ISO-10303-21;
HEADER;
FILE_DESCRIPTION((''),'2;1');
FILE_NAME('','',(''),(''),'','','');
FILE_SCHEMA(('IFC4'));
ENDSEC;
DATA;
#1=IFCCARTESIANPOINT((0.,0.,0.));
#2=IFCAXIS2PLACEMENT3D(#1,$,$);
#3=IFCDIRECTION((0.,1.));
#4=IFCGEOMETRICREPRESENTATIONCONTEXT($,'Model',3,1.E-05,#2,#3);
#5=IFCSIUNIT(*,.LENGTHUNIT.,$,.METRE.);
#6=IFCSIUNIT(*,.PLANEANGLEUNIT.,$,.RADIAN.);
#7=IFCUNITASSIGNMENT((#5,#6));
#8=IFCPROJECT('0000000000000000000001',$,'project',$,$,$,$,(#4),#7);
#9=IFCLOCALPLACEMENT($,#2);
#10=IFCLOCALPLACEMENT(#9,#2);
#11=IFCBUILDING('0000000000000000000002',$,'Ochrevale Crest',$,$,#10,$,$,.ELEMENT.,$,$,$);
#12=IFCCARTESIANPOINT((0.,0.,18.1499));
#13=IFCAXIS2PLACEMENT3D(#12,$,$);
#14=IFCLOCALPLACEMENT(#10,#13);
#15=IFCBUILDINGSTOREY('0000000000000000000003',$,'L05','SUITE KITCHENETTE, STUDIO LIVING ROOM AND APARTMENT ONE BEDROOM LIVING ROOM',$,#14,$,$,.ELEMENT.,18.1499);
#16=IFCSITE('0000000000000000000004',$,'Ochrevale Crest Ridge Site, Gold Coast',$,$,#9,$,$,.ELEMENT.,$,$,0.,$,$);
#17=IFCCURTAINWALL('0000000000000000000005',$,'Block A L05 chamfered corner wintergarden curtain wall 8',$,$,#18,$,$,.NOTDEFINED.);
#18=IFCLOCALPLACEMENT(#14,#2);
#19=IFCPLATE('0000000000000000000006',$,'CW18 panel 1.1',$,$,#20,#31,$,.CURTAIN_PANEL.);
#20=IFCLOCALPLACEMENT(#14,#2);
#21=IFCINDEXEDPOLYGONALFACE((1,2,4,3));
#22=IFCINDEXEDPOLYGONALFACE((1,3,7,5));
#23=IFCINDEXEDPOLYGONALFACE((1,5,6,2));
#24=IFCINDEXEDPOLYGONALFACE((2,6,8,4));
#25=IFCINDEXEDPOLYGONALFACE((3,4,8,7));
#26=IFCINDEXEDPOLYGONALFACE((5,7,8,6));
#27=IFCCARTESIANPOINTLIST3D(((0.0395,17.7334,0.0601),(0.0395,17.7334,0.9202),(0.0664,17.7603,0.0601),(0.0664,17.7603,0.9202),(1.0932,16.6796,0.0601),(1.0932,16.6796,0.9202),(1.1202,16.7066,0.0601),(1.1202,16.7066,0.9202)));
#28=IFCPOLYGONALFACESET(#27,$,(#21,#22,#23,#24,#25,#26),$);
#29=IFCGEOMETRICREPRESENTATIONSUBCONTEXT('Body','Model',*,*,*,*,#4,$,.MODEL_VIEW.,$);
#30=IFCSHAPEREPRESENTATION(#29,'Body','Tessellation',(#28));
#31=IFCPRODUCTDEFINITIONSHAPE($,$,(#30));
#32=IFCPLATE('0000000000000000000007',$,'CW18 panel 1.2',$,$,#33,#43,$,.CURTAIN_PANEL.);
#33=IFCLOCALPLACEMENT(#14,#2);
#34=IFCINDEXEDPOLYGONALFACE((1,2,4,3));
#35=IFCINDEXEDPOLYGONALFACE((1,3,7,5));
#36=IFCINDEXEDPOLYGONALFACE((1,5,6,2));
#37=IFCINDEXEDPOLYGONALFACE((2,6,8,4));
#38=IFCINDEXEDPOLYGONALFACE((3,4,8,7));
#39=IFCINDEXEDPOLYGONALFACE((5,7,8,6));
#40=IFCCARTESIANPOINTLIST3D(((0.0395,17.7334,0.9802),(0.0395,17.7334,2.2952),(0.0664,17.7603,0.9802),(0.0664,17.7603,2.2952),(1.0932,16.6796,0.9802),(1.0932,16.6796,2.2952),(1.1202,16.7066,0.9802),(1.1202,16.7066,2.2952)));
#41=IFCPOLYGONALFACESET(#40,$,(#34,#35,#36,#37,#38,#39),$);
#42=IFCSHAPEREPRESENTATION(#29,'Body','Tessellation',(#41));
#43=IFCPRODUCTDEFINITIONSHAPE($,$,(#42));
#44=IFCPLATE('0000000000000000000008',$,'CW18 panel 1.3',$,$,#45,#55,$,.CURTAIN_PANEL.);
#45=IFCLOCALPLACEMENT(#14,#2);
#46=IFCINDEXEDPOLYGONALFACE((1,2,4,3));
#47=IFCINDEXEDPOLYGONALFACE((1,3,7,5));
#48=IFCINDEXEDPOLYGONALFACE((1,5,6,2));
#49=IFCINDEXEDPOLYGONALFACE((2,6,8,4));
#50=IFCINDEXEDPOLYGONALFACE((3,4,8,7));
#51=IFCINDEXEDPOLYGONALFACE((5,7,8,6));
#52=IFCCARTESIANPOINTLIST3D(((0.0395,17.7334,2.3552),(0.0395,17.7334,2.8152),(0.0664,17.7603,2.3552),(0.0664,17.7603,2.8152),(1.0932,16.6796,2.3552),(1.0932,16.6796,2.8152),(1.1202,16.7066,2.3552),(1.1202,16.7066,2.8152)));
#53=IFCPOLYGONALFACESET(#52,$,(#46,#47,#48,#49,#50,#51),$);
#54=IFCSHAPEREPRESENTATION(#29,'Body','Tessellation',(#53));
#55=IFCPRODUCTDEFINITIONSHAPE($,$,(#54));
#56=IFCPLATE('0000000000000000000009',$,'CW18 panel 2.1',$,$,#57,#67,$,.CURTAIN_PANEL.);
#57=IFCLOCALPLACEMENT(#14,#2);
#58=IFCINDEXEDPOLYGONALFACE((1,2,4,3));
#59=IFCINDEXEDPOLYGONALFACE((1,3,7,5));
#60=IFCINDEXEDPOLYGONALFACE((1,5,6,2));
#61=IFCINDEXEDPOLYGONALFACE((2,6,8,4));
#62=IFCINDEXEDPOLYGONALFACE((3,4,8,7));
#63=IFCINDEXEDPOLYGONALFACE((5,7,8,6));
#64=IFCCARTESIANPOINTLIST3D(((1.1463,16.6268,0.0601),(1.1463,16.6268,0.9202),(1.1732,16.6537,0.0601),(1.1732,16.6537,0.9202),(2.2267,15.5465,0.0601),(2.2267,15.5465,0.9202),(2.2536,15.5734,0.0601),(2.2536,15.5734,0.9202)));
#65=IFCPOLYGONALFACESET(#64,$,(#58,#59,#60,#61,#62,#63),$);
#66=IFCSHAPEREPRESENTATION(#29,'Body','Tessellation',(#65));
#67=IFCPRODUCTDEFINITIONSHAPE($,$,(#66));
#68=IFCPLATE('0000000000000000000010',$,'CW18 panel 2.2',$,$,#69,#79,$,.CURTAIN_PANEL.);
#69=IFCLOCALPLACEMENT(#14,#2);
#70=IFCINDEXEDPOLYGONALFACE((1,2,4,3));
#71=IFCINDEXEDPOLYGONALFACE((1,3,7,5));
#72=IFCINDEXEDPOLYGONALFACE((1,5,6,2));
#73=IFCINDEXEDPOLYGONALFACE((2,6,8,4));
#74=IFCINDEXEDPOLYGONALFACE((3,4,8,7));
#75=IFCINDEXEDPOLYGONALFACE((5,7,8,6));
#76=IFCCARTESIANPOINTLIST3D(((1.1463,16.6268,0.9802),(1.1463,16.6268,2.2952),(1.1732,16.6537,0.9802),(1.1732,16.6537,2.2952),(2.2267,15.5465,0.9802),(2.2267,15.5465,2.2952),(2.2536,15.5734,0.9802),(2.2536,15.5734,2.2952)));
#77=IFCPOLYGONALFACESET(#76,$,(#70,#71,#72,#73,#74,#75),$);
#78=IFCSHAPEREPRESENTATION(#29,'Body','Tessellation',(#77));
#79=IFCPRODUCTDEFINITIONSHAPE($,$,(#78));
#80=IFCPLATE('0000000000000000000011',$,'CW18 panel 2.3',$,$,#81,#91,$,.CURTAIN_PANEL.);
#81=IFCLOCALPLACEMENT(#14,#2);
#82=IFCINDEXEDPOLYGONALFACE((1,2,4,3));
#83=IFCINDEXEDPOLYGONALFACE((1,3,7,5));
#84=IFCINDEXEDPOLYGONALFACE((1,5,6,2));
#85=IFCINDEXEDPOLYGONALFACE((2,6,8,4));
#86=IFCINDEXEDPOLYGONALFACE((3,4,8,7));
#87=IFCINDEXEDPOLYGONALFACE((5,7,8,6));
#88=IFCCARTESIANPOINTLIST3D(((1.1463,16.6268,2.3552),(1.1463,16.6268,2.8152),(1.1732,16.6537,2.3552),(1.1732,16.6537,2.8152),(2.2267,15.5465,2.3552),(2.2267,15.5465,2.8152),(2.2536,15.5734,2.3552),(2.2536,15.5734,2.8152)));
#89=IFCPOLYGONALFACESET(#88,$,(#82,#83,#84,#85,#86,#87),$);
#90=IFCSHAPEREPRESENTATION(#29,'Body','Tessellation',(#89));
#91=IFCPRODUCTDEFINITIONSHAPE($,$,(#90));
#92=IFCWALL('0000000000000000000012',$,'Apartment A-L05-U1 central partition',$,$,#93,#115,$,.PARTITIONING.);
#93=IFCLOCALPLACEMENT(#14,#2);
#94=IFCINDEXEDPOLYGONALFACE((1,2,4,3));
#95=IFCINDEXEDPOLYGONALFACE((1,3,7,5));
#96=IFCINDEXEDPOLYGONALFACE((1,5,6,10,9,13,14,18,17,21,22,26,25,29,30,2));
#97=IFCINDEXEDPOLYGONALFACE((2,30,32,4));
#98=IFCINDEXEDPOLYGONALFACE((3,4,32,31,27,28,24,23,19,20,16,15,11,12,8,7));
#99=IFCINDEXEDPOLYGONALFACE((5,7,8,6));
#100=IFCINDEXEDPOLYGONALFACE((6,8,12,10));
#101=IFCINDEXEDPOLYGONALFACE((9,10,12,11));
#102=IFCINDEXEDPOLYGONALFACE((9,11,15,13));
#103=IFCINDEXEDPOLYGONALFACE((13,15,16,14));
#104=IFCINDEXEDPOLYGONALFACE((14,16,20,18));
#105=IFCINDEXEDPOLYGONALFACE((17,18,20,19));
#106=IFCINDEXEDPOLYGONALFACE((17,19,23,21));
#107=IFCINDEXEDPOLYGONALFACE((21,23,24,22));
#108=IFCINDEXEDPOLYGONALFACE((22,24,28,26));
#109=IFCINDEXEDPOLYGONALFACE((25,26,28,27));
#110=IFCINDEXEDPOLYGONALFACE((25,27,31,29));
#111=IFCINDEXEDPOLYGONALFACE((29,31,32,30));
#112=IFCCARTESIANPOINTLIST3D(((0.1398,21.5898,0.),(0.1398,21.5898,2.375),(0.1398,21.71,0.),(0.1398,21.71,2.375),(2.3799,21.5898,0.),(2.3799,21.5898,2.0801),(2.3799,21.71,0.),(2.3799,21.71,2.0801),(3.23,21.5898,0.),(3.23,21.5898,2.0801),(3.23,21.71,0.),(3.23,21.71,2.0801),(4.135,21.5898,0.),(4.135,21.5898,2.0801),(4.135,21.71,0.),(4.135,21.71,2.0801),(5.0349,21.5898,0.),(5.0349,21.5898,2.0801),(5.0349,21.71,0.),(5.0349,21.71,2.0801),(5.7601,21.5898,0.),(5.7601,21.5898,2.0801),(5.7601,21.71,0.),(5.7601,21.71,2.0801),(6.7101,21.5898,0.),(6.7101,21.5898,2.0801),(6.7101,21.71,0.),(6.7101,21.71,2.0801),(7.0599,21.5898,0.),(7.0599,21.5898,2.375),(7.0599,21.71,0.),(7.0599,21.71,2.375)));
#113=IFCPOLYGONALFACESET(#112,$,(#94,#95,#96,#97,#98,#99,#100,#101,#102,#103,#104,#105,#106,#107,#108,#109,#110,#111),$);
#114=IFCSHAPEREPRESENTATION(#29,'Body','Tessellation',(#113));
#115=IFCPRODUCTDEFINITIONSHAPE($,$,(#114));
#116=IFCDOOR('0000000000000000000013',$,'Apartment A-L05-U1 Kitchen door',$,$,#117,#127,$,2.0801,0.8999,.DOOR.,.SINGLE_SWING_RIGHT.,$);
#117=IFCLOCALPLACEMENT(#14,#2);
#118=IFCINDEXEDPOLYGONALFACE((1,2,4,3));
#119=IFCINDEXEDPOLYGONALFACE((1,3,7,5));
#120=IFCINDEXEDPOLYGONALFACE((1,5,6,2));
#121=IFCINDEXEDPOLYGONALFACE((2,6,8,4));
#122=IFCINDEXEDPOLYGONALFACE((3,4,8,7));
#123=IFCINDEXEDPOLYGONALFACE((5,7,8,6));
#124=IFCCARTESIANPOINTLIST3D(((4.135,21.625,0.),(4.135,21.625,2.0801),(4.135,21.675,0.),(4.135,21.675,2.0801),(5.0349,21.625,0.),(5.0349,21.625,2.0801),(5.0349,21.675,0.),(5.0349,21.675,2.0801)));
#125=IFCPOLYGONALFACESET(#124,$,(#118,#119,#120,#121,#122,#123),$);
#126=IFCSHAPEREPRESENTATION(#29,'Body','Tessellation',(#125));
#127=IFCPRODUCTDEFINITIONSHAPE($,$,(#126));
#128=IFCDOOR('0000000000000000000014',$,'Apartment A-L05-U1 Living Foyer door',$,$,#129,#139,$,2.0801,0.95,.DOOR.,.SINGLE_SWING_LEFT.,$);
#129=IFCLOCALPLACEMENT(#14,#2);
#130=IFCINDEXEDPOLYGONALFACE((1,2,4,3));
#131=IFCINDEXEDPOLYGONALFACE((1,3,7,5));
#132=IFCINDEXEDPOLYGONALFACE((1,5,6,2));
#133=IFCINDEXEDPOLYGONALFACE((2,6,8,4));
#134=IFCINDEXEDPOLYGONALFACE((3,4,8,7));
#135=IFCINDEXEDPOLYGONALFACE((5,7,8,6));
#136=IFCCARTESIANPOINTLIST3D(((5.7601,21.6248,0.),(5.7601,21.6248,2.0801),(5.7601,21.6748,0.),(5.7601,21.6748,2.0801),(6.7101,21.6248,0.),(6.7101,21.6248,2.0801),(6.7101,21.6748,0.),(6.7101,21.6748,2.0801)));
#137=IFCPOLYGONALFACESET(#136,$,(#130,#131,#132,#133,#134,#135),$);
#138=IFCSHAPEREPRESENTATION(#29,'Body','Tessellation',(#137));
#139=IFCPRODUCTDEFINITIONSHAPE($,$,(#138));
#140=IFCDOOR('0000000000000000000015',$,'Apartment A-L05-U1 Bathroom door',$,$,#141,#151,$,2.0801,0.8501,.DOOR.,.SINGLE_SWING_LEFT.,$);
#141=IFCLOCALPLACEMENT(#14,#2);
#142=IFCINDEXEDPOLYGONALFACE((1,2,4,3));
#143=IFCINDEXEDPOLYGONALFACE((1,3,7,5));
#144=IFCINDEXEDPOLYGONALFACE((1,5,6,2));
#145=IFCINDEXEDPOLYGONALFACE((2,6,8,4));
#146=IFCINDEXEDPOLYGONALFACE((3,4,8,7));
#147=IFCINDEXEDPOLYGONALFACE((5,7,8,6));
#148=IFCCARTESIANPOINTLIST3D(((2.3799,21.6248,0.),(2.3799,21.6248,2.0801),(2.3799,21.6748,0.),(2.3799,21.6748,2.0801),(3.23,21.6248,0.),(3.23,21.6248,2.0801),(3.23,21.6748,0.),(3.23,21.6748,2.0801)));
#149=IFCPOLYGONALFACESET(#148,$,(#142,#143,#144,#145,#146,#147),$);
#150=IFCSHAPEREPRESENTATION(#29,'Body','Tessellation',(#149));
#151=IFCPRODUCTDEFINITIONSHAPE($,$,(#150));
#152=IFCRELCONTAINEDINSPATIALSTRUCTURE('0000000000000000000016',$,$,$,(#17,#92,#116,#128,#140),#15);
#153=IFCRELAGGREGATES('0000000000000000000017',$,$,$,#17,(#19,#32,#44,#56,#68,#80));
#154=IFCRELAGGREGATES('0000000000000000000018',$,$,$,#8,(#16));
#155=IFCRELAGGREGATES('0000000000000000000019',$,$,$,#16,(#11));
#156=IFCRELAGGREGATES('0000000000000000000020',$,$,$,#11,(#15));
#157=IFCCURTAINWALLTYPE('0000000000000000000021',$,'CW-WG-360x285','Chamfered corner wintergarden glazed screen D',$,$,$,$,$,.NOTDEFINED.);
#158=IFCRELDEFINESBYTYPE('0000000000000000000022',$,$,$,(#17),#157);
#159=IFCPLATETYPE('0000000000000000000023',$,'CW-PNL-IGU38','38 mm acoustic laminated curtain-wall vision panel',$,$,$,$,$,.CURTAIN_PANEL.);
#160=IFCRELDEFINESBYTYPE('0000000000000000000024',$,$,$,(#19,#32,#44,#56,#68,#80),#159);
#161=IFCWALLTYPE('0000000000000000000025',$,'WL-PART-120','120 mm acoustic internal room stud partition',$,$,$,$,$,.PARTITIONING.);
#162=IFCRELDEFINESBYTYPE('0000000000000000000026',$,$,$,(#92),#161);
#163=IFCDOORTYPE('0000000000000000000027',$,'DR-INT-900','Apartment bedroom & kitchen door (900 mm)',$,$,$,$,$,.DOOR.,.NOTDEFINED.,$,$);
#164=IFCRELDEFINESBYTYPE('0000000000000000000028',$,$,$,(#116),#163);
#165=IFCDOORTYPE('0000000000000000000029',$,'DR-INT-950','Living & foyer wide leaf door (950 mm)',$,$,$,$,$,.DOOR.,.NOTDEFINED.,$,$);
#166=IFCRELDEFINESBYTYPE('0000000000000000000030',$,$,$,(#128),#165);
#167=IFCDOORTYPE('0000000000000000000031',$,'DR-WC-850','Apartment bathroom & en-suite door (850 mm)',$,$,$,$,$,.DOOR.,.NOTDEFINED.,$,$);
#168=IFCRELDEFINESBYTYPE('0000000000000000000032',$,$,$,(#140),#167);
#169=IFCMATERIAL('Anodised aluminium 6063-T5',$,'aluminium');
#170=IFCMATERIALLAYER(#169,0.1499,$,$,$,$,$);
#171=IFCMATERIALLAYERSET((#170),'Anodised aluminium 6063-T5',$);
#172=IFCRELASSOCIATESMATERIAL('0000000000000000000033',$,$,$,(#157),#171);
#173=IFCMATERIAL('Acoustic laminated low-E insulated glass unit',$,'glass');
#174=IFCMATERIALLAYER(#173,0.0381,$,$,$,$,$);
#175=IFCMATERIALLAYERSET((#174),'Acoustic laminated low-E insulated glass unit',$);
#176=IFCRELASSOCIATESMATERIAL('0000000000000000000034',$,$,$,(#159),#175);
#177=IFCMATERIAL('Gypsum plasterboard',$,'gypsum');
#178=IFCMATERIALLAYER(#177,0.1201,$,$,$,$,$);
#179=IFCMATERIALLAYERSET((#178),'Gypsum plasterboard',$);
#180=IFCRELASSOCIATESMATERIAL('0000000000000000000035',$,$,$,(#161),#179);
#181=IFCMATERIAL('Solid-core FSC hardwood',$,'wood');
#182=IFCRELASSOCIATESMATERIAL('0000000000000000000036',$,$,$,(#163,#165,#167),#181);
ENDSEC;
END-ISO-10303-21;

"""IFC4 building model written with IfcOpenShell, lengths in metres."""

from ifc_helpers import new_model, si_unit, direction, frame, frame_2d, origin, origin_2d, place, context, subcontext, project, spatial, rectangle, extrude, material, layer, layer_set, type_object, element, fill, aggregate, save


model = new_model("IFC4")

# Units and contexts
model_context = context("Model", 3, precision=1e-05, world=origin(), true_north=direction((0.0, 1.0)))
body_context = subcontext(model_context, "Body", "Model", "MODEL_VIEW")
ifc_project = project(units=[si_unit("LENGTHUNIT", "METRE"), si_unit("PLANEANGLEUNIT", "RADIAN")], contexts=[model_context])

# Site, building, storey
site_placement = place(None, origin())
site = spatial("IfcSite", under=ifc_project, at=site_placement, Name="Ochrevale Crest Ridge Site, Gold Coast", CompositionType="ELEMENT", RefElevation=0.0)
building_placement = place(site_placement, origin())
building = spatial("IfcBuilding", under=site, at=building_placement, Name="Ochrevale Crest", CompositionType="ELEMENT")
storey_placement = place(building_placement, frame((0.0, 0.0, 18.1499)))
storey = spatial("IfcBuildingStorey", under=building, at=storey_placement, Name="L05", Description="SUITE KITCHENETTE, STUDIO LIVING ROOM AND APARTMENT ONE BEDROOM LIVING ROOM", CompositionType="ELEMENT", Elevation=18.1499)

# Curtain wall, plates
ifc_material_1 = material(Name="Anodised aluminium 6063-T5", Category="aluminium")
ifc_layer_1 = layer(ifc_material_1, 0.1499)
ifc_layer_set_1 = layer_set([ifc_layer_1], Name="Anodised aluminium 6063-T5")
curtain_wall_type = type_object("IfcCurtainWallType", Name="CW-WG-360x285", Description="Chamfered corner wintergarden glazed screen D", PredefinedType="NOTDEFINED", material=ifc_layer_set_1)
curtain_wall_placement = place(storey_placement, origin())
curtain_wall = element("IfcCurtainWall", 1, at=curtain_wall_placement, inside=storey, type_object=curtain_wall_type, Name="Block A L05 chamfered corner wintergarden curtain wall 8", PredefinedType="NOTDEFINED")
ifc_material_2 = material(Name="Acoustic laminated low-E insulated glass unit", Category="glass")
ifc_layer_2 = layer(ifc_material_2, 0.0381)
ifc_layer_set_2 = layer_set([ifc_layer_2], Name="Acoustic laminated low-E insulated glass unit")
plate_type = type_object("IfcPlateType", Name="CW-PNL-IGU38", Description="38 mm acoustic laminated curtain-wall vision panel", PredefinedType="CURTAIN_PANEL", material=ifc_layer_set_2)
plate_1_placement = place(storey_placement, frame((0.5798, 17.22, 0.0601), z_axis=(0.0, 0.0, 1.0), x_axis=(0.707107, -0.707107, 0.0)))
plate_1 = element("IfcPlate", 2, at=plate_1_placement, type_object=plate_type, Name="CW18 panel 1.1", PredefinedType="CURTAIN_PANEL", context=body_context, shape_type="SweptSolid", body=[
    extrude(rectangle(XDim=1.4902, YDim=0.0381, at=origin_2d()), origin(), (0.0, 0.0, 1.0), 0.8601),
])
plate_2_placement = place(storey_placement, frame((0.5798, 17.22, 0.9802), z_axis=(0.0, 0.0, 1.0), x_axis=(0.707107, -0.707107, 0.0)))
plate_2 = element("IfcPlate", 3, at=plate_2_placement, type_object=plate_type, Name="CW18 panel 1.2", PredefinedType="CURTAIN_PANEL", context=body_context, shape_type="SweptSolid", body=[
    extrude(rectangle(XDim=1.4902, YDim=0.0381, at=origin_2d()), origin(), (0.0, 0.0, 1.0), 1.3149),
])
plate_3_placement = place(storey_placement, frame((0.5798, 17.22, 2.3552), z_axis=(0.0, 0.0, 1.0), x_axis=(0.707107, -0.707107, 0.0)))
plate_3 = element("IfcPlate", 4, at=plate_3_placement, type_object=plate_type, Name="CW18 panel 1.3", PredefinedType="CURTAIN_PANEL", context=body_context, shape_type="SweptSolid", body=[
    extrude(rectangle(XDim=1.4902, YDim=0.0381, at=origin_2d()), origin(), (0.0, 0.0, 1.0), 0.46),
])
plate_4_placement = place(storey_placement, frame((1.7, 16.1001, 0.0601), z_axis=(0.0, 0.0, 1.0), x_axis=(0.707107, -0.707107, 0.0)))
plate_4 = element("IfcPlate", 5, at=plate_4_placement, type_object=plate_type, Name="CW18 panel 2.1", PredefinedType="CURTAIN_PANEL", context=body_context, shape_type="SweptSolid", body=[
    extrude(rectangle(XDim=1.5278, YDim=0.0381, at=origin_2d()), origin(), (0.0, 0.0, 1.0), 0.8601),
])
plate_5_placement = place(storey_placement, frame((1.7, 16.1001, 0.9802), z_axis=(0.0, 0.0, 1.0), x_axis=(0.707107, -0.707107, 0.0)))
plate_5 = element("IfcPlate", 6, at=plate_5_placement, type_object=plate_type, Name="CW18 panel 2.2", PredefinedType="CURTAIN_PANEL", context=body_context, shape_type="SweptSolid", body=[
    extrude(rectangle(XDim=1.5278, YDim=0.0381, at=origin_2d()), origin(), (0.0, 0.0, 1.0), 1.3149),
])
plate_6_placement = place(storey_placement, frame((1.7, 16.1001, 2.3552), z_axis=(0.0, 0.0, 1.0), x_axis=(0.707107, -0.707107, 0.0)))
plate_6 = element("IfcPlate", 7, at=plate_6_placement, type_object=plate_type, Name="CW18 panel 2.3", PredefinedType="CURTAIN_PANEL", context=body_context, shape_type="SweptSolid", body=[
    extrude(rectangle(XDim=1.5278, YDim=0.0381, at=origin_2d()), origin(), (0.0, 0.0, 1.0), 0.46),
])
aggregate(curtain_wall, [plate_1, plate_2, plate_3, plate_4, plate_5, plate_6])

# Wall, openings, doors
ifc_material_3 = material(Name="Gypsum plasterboard", Category="gypsum")
ifc_layer_3 = layer(ifc_material_3, 0.1201)
ifc_layer_set_3 = layer_set([ifc_layer_3], Name="Gypsum plasterboard")
wall_type = type_object("IfcWallType", Name="WL-PART-120", Description="120 mm acoustic internal room stud partition", PredefinedType="PARTITIONING", material=ifc_layer_set_3)
wall_placement = place(storey_placement, frame((0.1399, 21.6499, 0.0), z_axis=(0.0, 0.0, 1.0), x_axis=(1.0, 0.0, 0.0)))
wall = element("IfcWall", 8, at=wall_placement, inside=storey, type_object=wall_type, Name="Apartment A-L05-U1 central partition", PredefinedType="PARTITIONING", context=body_context, shape_type="SweptSolid", body=[
    extrude(rectangle(XDim=6.9202, YDim=0.1201, at=frame_2d((3.46, 0.0))), origin(), (0.0, 0.0, 1.0), 2.375),
])
opening_1_placement = place(wall_placement, frame((2.24, 0.0, 0.0)))
opening_1 = element("IfcOpeningElement", 9, at=opening_1_placement, cuts=wall, PredefinedType="OPENING", context=body_context, shape_type="SweptSolid", body=[
    extrude(rectangle(XDim=0.8501, YDim=2.0801, at=frame_2d((0.425, 1.04))), frame((0.0, 0.0701, 0.0), z_axis=(0.0, -1.0, 0.0), x_axis=(1.0, 0.0, 0.0)), (0.0, 0.0, 1.0), 0.1401),
])
opening_2_placement = place(wall_placement, frame((4.895, 0.0, 0.0), z_axis=(0.0, 0.0, 1.0), x_axis=(-1.0, 0.0, 0.0)))
opening_2 = element("IfcOpeningElement", 10, at=opening_2_placement, cuts=wall, PredefinedType="OPENING", context=body_context, shape_type="SweptSolid", body=[
    extrude(rectangle(XDim=0.8999, YDim=2.0801, at=frame_2d((0.45, 1.04))), frame((0.0, 0.0701, 0.0), z_axis=(0.0, -1.0, 0.0), x_axis=(1.0, 0.0, 0.0)), (0.0, 0.0, 1.0), 0.1401),
])
opening_3_placement = place(wall_placement, frame((5.6201, 0.0, 0.0)))
opening_3 = element("IfcOpeningElement", 11, at=opening_3_placement, cuts=wall, PredefinedType="OPENING", context=body_context, shape_type="SweptSolid", body=[
    extrude(rectangle(XDim=0.95, YDim=2.0801, at=frame_2d((0.4751, 1.04))), frame((0.0, 0.0701, 0.0), z_axis=(0.0, -1.0, 0.0), x_axis=(1.0, 0.0, 0.0)), (0.0, 0.0, 1.0), 0.1401),
])
ifc_material_4 = material(Name="Solid-core FSC hardwood", Category="wood")
door_type_1 = type_object("IfcDoorType", Name="DR-INT-900", Description="Apartment bedroom & kitchen door (900 mm)", OperationType="NOTDEFINED", PredefinedType="DOOR", material=ifc_material_4)
door_1_placement = place(opening_2_placement, origin())
door_1 = element("IfcDoor", 12, at=door_1_placement, inside=storey, type_object=door_type_1, Name="Apartment A-L05-U1 Kitchen door", OperationType="SINGLE_SWING_RIGHT", OverallHeight=2.0801, OverallWidth=0.8999, PredefinedType="DOOR", context=body_context, shape_type="SweptSolid", body=[
    extrude(rectangle(XDim=0.8999, YDim=2.0801, at=frame_2d((0.45, 1.04))), frame((0.0, 0.0249, 0.0), z_axis=(0.0, -1.0, 0.0), x_axis=(1.0, 0.0, 0.0)), (0.0, 0.0, 1.0), 0.05),
])
fill(opening_2, door_1)
door_type_2 = type_object("IfcDoorType", Name="DR-INT-950", Description="Living & foyer wide leaf door (950 mm)", OperationType="NOTDEFINED", PredefinedType="DOOR", material=ifc_material_4)
door_2_placement = place(opening_3_placement, origin())
door_2 = element("IfcDoor", 13, at=door_2_placement, inside=storey, type_object=door_type_2, Name="Apartment A-L05-U1 Living Foyer door", OperationType="SINGLE_SWING_LEFT", OverallHeight=2.0801, OverallWidth=0.95, PredefinedType="DOOR", context=body_context, shape_type="SweptSolid", body=[
    extrude(rectangle(XDim=0.95, YDim=2.0801, at=frame_2d((0.4751, 1.04))), frame((0.0, 0.0249, 0.0), z_axis=(0.0, -1.0, 0.0), x_axis=(1.0, 0.0, 0.0)), (0.0, 0.0, 1.0), 0.05),
])
fill(opening_3, door_2)
door_type_3 = type_object("IfcDoorType", Name="DR-WC-850", Description="Apartment bathroom & en-suite door (850 mm)", OperationType="NOTDEFINED", PredefinedType="DOOR", material=ifc_material_4)
door_3_placement = place(opening_1_placement, origin())
door_3 = element("IfcDoor", 14, at=door_3_placement, inside=storey, type_object=door_type_3, Name="Apartment A-L05-U1 Bathroom door", OperationType="SINGLE_SWING_LEFT", OverallHeight=2.0801, OverallWidth=0.8501, PredefinedType="DOOR", context=body_context, shape_type="SweptSolid", body=[
    extrude(rectangle(XDim=0.8501, YDim=2.0801, at=frame_2d((0.425, 1.04))), frame((0.0, 0.0249, 0.0), z_axis=(0.0, -1.0, 0.0), x_axis=(1.0, 0.0, 0.0)), (0.0, 0.0, 1.0), 0.05),
])
fill(opening_1, door_3)

save(model, "model.ifc")
